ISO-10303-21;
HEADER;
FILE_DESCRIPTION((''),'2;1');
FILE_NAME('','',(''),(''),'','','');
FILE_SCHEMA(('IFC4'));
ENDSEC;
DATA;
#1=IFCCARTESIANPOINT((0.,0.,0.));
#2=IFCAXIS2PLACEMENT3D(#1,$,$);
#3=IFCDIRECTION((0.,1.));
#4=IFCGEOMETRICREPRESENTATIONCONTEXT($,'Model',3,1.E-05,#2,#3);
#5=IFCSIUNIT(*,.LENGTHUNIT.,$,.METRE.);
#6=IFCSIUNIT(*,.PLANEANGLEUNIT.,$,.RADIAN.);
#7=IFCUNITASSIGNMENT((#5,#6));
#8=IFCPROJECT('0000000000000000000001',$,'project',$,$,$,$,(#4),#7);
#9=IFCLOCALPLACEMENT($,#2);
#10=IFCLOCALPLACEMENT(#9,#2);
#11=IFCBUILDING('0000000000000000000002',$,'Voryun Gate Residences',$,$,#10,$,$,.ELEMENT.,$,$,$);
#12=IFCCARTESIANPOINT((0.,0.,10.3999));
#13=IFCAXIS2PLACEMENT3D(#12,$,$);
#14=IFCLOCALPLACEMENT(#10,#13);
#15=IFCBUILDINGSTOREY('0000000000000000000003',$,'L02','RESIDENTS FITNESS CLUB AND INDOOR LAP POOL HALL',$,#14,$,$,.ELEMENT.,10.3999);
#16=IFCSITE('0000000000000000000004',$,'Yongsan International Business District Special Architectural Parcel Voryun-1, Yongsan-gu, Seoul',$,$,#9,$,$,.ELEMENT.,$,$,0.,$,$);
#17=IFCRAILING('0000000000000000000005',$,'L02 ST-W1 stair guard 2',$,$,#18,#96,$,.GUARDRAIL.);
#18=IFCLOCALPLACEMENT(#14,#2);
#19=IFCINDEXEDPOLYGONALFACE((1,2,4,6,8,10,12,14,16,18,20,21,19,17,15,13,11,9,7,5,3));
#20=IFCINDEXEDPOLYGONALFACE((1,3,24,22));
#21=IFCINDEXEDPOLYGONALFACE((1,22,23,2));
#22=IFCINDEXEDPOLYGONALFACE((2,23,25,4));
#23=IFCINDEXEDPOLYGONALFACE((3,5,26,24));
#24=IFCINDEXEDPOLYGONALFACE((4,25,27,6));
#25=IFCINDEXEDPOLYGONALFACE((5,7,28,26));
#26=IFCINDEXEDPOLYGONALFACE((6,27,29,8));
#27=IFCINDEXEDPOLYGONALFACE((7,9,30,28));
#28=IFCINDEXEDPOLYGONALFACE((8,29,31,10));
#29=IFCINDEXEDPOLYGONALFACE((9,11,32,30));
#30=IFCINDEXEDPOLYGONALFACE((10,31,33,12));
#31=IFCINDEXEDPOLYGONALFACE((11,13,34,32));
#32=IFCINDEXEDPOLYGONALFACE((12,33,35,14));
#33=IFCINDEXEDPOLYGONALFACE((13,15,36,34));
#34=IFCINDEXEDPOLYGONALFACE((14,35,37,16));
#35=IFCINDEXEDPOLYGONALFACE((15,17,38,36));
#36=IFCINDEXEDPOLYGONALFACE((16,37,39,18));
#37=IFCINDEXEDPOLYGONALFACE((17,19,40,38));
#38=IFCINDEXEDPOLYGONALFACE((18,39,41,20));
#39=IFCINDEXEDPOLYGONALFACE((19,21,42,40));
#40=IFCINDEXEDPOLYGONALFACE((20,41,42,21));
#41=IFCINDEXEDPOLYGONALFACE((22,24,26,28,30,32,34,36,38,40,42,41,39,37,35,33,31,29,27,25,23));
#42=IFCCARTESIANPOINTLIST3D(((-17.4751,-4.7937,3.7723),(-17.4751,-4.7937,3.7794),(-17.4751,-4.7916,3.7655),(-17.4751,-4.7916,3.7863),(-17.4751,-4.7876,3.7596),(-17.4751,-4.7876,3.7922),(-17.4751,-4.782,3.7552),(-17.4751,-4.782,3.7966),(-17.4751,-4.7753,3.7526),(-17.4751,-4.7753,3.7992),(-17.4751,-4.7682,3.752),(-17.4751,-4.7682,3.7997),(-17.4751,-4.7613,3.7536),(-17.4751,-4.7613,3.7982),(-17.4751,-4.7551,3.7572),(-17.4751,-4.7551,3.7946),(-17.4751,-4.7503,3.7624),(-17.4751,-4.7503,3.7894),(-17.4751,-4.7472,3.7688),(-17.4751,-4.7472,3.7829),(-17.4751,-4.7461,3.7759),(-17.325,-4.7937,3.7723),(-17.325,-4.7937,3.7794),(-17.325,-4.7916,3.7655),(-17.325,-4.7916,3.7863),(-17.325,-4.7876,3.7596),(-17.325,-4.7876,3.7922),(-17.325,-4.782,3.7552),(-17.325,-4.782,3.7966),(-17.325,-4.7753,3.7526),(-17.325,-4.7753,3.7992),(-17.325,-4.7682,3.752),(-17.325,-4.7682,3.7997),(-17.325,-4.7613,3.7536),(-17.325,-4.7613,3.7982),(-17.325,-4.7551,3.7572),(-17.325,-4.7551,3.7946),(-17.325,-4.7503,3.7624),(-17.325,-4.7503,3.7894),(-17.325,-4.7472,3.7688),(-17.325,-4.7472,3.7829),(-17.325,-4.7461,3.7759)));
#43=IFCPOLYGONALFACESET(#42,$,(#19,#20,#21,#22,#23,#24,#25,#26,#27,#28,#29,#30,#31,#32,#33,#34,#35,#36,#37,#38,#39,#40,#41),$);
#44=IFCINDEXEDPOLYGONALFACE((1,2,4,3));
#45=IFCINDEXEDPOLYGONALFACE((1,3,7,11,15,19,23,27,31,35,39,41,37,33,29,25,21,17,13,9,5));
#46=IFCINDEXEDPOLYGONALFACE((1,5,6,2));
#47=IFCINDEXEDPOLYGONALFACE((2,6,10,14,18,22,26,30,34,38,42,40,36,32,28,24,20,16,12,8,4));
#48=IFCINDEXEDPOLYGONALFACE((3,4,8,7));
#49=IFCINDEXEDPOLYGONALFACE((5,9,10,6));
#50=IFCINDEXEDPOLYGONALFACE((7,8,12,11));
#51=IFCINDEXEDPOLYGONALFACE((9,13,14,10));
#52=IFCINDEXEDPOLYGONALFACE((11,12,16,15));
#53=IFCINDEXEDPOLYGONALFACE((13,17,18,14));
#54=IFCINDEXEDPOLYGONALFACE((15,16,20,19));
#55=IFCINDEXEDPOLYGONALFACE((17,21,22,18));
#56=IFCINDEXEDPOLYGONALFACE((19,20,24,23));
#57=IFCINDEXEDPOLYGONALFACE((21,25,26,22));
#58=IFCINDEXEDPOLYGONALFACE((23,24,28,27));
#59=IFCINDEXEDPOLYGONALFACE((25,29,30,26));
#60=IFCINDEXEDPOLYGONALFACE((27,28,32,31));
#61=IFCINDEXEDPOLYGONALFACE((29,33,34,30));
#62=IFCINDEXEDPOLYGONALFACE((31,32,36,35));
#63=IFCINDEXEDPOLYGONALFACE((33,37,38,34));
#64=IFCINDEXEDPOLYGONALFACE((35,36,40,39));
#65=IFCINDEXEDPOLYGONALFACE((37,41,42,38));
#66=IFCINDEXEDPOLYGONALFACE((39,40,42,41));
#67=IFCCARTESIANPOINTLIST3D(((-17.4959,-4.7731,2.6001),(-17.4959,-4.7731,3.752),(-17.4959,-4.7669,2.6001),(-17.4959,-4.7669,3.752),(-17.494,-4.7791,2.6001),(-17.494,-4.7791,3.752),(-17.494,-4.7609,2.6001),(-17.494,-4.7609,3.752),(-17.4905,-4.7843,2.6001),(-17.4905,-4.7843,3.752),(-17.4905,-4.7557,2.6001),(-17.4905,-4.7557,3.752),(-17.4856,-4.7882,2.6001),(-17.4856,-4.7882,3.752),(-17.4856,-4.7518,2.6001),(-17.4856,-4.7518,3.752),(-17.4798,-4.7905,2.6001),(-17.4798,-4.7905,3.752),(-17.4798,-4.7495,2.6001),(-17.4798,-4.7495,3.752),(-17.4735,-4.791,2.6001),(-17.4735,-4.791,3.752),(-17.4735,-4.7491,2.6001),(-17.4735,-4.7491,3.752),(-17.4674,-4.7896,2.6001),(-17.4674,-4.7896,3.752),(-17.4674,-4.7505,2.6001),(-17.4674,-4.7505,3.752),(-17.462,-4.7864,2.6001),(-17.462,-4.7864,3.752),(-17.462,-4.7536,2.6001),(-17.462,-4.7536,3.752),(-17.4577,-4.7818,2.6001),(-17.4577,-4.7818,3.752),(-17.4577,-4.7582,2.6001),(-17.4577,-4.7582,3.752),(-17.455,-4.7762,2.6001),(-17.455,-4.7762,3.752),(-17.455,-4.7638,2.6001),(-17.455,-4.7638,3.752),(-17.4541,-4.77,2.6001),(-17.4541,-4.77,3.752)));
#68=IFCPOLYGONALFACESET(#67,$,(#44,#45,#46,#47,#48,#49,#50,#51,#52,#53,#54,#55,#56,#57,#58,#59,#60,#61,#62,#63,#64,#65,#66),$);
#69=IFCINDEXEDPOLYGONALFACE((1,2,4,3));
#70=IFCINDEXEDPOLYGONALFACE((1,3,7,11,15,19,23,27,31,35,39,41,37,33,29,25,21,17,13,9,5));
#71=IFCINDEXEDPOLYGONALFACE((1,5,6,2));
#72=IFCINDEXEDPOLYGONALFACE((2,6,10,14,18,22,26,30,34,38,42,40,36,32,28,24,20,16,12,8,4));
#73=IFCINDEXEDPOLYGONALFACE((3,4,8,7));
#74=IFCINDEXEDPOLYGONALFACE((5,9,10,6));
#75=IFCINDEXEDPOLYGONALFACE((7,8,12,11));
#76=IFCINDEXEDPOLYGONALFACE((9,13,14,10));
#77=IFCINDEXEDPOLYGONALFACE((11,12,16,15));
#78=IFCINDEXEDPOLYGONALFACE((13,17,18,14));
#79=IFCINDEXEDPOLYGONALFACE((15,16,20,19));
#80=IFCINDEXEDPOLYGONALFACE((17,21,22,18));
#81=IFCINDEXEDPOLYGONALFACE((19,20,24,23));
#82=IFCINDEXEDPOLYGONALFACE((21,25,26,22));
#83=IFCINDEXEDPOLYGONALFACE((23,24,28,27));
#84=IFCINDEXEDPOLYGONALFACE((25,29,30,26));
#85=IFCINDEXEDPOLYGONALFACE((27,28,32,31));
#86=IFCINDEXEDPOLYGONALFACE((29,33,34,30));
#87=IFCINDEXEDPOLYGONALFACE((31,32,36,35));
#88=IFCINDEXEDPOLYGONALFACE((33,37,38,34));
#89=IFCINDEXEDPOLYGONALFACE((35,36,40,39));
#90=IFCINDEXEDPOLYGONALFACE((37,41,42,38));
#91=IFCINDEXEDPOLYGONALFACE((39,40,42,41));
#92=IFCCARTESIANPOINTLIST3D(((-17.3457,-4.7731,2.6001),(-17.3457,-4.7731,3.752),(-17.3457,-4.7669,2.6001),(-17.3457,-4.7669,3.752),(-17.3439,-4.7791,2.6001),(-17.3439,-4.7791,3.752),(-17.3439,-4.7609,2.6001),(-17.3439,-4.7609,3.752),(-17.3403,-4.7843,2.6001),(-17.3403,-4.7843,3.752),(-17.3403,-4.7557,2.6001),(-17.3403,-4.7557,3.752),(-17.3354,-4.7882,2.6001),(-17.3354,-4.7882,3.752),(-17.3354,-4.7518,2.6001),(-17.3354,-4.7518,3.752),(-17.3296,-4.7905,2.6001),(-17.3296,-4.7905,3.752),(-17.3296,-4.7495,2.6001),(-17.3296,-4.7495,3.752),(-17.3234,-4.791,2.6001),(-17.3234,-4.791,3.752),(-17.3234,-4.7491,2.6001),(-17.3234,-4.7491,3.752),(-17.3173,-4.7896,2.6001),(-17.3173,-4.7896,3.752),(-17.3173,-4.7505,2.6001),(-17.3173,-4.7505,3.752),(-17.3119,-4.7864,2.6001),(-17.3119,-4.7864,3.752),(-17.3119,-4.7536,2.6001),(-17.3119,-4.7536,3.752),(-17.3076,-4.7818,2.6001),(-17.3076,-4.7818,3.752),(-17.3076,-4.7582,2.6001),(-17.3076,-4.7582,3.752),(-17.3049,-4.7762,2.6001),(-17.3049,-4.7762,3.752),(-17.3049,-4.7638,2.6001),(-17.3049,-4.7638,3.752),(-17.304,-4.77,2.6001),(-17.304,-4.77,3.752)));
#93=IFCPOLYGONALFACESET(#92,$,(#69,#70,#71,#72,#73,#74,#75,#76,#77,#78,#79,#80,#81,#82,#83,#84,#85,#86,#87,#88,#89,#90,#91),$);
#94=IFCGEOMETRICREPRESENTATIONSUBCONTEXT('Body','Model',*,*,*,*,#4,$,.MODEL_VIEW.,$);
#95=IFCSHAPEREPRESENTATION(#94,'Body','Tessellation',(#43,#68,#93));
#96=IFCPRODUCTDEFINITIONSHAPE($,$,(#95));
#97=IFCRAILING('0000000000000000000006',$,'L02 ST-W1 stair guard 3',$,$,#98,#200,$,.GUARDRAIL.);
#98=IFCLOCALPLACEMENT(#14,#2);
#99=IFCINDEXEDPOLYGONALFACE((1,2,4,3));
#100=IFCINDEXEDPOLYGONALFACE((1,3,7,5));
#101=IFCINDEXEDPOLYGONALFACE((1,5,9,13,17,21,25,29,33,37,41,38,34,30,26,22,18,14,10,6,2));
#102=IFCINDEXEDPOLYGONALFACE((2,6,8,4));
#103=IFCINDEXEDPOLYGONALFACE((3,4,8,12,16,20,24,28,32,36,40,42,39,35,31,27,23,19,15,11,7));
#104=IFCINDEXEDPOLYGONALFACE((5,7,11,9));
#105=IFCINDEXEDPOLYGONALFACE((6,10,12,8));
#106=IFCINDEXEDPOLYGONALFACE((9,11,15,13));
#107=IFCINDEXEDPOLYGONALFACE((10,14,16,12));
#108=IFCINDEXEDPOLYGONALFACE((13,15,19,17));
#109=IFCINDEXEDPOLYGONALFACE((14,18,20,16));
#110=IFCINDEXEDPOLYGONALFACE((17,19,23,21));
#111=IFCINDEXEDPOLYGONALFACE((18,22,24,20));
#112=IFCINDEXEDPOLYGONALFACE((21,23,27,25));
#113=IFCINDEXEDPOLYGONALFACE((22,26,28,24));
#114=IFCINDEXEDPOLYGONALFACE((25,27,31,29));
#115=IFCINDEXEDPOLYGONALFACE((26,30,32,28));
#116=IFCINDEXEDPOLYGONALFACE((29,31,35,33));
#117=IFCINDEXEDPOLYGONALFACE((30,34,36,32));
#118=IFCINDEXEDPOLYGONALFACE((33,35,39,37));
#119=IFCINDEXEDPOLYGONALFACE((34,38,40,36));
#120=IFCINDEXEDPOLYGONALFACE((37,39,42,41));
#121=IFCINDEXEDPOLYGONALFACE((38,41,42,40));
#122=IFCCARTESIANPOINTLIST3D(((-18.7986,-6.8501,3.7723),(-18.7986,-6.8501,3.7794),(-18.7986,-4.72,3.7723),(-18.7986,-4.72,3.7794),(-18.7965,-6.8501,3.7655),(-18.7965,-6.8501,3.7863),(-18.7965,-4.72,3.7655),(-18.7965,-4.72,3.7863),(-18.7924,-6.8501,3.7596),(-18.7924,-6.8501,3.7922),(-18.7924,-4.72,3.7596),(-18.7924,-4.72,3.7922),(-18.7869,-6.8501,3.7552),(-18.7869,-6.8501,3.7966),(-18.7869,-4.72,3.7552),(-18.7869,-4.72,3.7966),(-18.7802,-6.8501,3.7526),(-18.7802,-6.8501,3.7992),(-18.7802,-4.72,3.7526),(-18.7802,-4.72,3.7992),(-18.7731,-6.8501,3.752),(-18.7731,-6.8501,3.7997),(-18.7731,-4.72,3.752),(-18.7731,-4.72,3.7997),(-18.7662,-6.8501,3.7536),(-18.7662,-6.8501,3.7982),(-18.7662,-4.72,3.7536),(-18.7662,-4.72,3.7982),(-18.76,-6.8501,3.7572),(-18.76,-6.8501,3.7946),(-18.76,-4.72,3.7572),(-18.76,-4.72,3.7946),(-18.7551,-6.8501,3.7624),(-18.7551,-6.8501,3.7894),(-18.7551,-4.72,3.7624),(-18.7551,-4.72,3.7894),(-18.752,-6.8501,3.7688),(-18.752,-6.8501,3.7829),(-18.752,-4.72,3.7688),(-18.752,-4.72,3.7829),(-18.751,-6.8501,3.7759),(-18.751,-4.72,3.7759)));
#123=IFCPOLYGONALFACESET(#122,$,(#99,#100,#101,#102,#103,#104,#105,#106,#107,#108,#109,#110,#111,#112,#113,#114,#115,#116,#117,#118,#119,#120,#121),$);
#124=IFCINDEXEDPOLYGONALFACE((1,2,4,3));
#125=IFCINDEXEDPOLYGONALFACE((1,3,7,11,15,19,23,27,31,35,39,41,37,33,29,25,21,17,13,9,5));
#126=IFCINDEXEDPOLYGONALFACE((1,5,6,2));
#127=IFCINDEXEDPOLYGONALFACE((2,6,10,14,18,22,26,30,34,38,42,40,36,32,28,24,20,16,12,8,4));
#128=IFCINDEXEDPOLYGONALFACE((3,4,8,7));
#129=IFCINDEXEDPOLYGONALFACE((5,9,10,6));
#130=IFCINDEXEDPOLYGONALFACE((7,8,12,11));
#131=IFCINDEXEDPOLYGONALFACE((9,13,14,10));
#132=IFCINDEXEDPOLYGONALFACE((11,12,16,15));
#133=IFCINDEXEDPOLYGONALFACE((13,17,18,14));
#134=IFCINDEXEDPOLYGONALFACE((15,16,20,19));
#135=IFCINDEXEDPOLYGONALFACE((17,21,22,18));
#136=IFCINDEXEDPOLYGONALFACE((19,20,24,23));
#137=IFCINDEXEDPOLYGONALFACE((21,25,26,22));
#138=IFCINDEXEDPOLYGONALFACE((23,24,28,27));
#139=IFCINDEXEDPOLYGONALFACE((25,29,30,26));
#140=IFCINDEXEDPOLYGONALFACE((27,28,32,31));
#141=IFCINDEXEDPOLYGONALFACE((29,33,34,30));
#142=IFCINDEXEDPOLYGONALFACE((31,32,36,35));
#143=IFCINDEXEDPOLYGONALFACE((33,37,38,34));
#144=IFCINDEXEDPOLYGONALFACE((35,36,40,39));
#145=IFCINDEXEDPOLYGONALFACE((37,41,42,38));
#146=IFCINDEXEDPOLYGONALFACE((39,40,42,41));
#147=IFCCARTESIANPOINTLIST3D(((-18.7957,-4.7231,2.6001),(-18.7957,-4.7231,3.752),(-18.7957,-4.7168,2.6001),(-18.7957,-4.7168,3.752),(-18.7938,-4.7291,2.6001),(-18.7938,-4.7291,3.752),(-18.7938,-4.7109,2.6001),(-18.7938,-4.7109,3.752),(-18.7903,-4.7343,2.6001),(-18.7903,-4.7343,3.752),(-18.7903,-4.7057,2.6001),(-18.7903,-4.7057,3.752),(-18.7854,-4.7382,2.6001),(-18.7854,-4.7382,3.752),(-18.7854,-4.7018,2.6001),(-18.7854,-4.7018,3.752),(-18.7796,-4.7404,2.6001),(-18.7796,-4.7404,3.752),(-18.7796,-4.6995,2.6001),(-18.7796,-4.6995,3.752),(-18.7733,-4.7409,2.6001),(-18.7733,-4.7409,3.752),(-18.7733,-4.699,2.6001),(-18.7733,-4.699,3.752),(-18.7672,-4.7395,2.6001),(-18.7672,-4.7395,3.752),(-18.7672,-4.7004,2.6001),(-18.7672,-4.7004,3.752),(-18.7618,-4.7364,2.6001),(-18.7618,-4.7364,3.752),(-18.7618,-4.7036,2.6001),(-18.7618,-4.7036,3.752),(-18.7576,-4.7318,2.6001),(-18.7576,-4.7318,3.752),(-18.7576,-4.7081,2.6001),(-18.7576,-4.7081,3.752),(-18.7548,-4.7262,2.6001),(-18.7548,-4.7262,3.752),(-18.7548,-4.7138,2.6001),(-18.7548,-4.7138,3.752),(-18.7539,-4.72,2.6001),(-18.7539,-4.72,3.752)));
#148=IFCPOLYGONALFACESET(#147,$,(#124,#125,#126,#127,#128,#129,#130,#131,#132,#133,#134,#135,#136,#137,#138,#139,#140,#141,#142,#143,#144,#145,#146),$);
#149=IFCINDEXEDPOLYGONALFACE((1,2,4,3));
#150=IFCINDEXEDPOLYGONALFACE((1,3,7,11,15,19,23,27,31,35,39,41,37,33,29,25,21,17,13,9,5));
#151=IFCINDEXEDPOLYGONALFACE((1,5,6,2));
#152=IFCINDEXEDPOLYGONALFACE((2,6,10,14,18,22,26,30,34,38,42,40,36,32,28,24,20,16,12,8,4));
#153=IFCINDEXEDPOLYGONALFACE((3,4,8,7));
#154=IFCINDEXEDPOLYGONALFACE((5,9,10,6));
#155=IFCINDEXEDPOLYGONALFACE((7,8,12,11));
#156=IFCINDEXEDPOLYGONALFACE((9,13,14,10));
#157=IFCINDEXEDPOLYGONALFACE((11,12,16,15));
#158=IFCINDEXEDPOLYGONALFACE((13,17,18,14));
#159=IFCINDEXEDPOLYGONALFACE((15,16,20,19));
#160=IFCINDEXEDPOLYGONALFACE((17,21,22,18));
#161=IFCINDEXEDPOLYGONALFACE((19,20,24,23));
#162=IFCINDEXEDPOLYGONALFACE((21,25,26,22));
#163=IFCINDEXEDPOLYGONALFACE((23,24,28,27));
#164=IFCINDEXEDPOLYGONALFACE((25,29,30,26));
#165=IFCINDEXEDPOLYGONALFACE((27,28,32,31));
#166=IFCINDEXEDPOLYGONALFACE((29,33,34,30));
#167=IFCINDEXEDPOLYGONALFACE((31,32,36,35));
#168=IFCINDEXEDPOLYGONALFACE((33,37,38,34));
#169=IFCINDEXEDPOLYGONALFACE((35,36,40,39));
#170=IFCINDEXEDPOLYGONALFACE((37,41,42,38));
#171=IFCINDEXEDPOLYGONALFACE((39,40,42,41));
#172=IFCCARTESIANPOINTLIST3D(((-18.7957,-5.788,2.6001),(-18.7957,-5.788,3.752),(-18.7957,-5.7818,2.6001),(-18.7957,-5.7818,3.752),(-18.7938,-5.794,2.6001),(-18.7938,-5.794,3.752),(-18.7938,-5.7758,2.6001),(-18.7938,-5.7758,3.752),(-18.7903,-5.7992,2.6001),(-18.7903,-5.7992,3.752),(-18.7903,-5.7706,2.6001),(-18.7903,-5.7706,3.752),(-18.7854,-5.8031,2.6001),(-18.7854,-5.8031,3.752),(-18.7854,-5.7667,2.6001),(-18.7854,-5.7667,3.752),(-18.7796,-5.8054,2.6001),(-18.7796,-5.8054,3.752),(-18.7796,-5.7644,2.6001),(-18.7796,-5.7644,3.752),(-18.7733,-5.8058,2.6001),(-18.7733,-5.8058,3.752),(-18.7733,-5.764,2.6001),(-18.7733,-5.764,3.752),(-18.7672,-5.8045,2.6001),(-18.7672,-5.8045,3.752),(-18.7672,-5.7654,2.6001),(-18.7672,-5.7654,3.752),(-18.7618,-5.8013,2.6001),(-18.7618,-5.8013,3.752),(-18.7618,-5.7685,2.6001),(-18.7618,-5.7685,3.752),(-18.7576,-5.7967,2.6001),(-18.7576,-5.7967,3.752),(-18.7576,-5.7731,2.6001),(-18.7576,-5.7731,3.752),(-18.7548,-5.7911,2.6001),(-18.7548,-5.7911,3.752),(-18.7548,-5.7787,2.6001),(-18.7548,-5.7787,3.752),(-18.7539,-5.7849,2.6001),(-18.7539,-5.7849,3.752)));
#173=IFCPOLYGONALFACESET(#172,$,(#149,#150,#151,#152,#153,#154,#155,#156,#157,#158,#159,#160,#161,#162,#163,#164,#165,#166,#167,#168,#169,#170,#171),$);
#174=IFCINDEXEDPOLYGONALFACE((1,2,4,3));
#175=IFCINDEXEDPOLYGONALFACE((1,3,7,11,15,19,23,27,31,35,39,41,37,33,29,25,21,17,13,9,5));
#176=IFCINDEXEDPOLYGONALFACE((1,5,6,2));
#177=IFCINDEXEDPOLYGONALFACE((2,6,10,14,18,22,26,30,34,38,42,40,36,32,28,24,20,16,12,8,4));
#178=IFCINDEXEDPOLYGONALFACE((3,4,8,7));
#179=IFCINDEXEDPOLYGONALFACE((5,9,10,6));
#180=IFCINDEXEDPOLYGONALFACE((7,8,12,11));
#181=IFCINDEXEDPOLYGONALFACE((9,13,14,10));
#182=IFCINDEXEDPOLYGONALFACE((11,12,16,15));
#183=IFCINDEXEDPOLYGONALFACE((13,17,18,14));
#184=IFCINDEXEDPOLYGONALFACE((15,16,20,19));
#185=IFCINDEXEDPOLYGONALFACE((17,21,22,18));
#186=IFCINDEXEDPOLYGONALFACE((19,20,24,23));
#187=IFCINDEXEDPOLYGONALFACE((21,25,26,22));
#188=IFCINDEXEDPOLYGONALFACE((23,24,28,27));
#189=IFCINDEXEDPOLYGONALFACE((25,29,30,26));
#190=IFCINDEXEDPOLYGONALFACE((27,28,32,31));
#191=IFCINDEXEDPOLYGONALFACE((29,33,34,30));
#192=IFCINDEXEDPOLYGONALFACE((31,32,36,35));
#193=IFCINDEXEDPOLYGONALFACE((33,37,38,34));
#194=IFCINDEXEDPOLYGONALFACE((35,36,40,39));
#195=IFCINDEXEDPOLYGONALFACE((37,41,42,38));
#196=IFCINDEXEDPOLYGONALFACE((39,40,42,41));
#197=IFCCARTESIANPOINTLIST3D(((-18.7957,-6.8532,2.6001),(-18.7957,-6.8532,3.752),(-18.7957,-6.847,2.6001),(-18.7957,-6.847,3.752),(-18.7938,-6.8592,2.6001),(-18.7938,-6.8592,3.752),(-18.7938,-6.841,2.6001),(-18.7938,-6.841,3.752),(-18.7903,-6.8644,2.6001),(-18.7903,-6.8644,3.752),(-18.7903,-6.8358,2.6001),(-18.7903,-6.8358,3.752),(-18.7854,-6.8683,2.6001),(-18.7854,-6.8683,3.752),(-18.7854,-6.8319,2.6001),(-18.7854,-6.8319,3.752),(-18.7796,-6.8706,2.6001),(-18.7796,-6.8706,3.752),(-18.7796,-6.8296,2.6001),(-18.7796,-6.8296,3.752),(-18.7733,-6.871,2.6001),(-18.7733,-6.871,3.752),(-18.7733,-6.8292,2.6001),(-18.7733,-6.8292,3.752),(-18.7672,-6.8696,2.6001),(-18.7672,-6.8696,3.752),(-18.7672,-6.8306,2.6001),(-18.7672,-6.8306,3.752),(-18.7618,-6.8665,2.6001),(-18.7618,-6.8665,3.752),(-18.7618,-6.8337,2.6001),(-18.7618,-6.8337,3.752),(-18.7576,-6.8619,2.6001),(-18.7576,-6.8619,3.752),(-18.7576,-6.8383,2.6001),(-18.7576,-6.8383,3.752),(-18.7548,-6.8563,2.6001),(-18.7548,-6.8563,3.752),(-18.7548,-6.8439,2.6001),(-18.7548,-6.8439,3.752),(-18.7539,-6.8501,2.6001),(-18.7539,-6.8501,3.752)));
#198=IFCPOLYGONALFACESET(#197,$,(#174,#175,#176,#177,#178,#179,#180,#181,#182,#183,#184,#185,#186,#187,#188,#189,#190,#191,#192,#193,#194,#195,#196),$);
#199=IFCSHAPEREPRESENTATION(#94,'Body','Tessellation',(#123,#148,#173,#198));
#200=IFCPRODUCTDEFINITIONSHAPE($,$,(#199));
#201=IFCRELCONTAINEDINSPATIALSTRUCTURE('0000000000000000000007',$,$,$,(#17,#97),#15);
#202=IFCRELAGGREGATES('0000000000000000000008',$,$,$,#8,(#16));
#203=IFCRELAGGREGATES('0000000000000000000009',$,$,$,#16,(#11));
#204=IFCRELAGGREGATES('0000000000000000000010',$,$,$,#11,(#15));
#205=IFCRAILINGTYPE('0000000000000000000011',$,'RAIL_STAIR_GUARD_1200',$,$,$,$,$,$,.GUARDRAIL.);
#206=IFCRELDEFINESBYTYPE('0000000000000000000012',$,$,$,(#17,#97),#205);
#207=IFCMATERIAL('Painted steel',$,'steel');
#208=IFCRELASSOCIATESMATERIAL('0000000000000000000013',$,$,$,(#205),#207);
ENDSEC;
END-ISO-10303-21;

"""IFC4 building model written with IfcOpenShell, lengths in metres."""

from ifc_helpers import new_model, si_unit, direction, frame, origin, origin_2d, place, context, subcontext, project, spatial, circle, extrude, material, type_object, element, save


model = new_model("IFC4")

# Units and contexts
model_context = context("Model", 3, precision=1e-05, world=origin(), true_north=direction((0.0, 1.0)))
body_context = subcontext(model_context, "Body", "Model", "MODEL_VIEW")
ifc_project = project(units=[si_unit("LENGTHUNIT", "METRE"), si_unit("PLANEANGLEUNIT", "RADIAN")], contexts=[model_context])

# Site, building, storey
site_placement = place(None, origin())
site = spatial("IfcSite", under=ifc_project, at=site_placement, Name="Yongsan International Business District Special Architectural Parcel Voryun-1, Yongsan-gu, Seoul", CompositionType="ELEMENT", RefElevation=0.0)
building_placement = place(site_placement, origin())
building = spatial("IfcBuilding", under=site, at=building_placement, Name="Voryun Gate Residences", CompositionType="ELEMENT")
storey_placement = place(building_placement, frame((0.0, 0.0, 10.3999)))
storey = spatial("IfcBuildingStorey", under=building, at=storey_placement, Name="L02", Description="RESIDENTS FITNESS CLUB AND INDOOR LAP POOL HALL", CompositionType="ELEMENT", Elevation=10.3999)

# Railings
ifc_material_1 = material(Name="Painted steel", Category="steel")
railing_type_1 = type_object("IfcRailingType", Name="RAIL_STAIR_GUARD_1200", PredefinedType="GUARDRAIL", material=ifc_material_1)
railing_1_placement = place(storey_placement, frame((-17.4751, -4.77, 2.6001)))
element("IfcRailing", 1, at=railing_1_placement, inside=storey, type_object=railing_type_1, Name="L02 ST-W1 stair guard 2", PredefinedType="GUARDRAIL", context=body_context, shape_type="SweptSolid", body=[
    extrude(circle(Radius=0.0239, at=origin_2d()), frame((0.0, 0.0, 1.1758), z_axis=(1.0, 0.0, 0.0), x_axis=(0.0, 1.0, 0.0)), (0.0, 0.0, 1.0), 0.1501),
    extrude(circle(Radius=0.021, at=origin_2d()), origin(), (0.0, 0.0, 1.0), 1.1519),
    extrude(circle(Radius=0.021, at=origin_2d()), frame((0.1501, 0.0, 0.0)), (0.0, 0.0, 1.0), 1.1519),
])
for number, where, name in (
    (2, (-18.7749, -4.72, 2.6001), "L02 ST-W1 stair guard 3"),
):
    element("IfcRailing", number, at=place(storey_placement, frame(where)), inside=storey, type_object=railing_type_1, Name=name, PredefinedType="GUARDRAIL", context=body_context, shape_type="SweptSolid", body=[
        extrude(circle(Radius=0.0239, at=origin_2d()), frame((0.0, 0.0, 1.1758), z_axis=(0.0, -1.0, 0.0), x_axis=(1.0, 0.0, 0.0)), (0.0, 0.0, 1.0), 2.1301),
        extrude(circle(Radius=0.021, at=origin_2d()), origin(), (0.0, 0.0, 1.0), 1.1519),
        extrude(circle(Radius=0.021, at=origin_2d()), frame((0.0, -1.0649, 0.0)), (0.0, 0.0, 1.0), 1.1519),
        extrude(circle(Radius=0.021, at=origin_2d()), frame((0.0, -2.1301, 0.0)), (0.0, 0.0, 1.0), 1.1519),
    ])

save(model, "model.ifc")
